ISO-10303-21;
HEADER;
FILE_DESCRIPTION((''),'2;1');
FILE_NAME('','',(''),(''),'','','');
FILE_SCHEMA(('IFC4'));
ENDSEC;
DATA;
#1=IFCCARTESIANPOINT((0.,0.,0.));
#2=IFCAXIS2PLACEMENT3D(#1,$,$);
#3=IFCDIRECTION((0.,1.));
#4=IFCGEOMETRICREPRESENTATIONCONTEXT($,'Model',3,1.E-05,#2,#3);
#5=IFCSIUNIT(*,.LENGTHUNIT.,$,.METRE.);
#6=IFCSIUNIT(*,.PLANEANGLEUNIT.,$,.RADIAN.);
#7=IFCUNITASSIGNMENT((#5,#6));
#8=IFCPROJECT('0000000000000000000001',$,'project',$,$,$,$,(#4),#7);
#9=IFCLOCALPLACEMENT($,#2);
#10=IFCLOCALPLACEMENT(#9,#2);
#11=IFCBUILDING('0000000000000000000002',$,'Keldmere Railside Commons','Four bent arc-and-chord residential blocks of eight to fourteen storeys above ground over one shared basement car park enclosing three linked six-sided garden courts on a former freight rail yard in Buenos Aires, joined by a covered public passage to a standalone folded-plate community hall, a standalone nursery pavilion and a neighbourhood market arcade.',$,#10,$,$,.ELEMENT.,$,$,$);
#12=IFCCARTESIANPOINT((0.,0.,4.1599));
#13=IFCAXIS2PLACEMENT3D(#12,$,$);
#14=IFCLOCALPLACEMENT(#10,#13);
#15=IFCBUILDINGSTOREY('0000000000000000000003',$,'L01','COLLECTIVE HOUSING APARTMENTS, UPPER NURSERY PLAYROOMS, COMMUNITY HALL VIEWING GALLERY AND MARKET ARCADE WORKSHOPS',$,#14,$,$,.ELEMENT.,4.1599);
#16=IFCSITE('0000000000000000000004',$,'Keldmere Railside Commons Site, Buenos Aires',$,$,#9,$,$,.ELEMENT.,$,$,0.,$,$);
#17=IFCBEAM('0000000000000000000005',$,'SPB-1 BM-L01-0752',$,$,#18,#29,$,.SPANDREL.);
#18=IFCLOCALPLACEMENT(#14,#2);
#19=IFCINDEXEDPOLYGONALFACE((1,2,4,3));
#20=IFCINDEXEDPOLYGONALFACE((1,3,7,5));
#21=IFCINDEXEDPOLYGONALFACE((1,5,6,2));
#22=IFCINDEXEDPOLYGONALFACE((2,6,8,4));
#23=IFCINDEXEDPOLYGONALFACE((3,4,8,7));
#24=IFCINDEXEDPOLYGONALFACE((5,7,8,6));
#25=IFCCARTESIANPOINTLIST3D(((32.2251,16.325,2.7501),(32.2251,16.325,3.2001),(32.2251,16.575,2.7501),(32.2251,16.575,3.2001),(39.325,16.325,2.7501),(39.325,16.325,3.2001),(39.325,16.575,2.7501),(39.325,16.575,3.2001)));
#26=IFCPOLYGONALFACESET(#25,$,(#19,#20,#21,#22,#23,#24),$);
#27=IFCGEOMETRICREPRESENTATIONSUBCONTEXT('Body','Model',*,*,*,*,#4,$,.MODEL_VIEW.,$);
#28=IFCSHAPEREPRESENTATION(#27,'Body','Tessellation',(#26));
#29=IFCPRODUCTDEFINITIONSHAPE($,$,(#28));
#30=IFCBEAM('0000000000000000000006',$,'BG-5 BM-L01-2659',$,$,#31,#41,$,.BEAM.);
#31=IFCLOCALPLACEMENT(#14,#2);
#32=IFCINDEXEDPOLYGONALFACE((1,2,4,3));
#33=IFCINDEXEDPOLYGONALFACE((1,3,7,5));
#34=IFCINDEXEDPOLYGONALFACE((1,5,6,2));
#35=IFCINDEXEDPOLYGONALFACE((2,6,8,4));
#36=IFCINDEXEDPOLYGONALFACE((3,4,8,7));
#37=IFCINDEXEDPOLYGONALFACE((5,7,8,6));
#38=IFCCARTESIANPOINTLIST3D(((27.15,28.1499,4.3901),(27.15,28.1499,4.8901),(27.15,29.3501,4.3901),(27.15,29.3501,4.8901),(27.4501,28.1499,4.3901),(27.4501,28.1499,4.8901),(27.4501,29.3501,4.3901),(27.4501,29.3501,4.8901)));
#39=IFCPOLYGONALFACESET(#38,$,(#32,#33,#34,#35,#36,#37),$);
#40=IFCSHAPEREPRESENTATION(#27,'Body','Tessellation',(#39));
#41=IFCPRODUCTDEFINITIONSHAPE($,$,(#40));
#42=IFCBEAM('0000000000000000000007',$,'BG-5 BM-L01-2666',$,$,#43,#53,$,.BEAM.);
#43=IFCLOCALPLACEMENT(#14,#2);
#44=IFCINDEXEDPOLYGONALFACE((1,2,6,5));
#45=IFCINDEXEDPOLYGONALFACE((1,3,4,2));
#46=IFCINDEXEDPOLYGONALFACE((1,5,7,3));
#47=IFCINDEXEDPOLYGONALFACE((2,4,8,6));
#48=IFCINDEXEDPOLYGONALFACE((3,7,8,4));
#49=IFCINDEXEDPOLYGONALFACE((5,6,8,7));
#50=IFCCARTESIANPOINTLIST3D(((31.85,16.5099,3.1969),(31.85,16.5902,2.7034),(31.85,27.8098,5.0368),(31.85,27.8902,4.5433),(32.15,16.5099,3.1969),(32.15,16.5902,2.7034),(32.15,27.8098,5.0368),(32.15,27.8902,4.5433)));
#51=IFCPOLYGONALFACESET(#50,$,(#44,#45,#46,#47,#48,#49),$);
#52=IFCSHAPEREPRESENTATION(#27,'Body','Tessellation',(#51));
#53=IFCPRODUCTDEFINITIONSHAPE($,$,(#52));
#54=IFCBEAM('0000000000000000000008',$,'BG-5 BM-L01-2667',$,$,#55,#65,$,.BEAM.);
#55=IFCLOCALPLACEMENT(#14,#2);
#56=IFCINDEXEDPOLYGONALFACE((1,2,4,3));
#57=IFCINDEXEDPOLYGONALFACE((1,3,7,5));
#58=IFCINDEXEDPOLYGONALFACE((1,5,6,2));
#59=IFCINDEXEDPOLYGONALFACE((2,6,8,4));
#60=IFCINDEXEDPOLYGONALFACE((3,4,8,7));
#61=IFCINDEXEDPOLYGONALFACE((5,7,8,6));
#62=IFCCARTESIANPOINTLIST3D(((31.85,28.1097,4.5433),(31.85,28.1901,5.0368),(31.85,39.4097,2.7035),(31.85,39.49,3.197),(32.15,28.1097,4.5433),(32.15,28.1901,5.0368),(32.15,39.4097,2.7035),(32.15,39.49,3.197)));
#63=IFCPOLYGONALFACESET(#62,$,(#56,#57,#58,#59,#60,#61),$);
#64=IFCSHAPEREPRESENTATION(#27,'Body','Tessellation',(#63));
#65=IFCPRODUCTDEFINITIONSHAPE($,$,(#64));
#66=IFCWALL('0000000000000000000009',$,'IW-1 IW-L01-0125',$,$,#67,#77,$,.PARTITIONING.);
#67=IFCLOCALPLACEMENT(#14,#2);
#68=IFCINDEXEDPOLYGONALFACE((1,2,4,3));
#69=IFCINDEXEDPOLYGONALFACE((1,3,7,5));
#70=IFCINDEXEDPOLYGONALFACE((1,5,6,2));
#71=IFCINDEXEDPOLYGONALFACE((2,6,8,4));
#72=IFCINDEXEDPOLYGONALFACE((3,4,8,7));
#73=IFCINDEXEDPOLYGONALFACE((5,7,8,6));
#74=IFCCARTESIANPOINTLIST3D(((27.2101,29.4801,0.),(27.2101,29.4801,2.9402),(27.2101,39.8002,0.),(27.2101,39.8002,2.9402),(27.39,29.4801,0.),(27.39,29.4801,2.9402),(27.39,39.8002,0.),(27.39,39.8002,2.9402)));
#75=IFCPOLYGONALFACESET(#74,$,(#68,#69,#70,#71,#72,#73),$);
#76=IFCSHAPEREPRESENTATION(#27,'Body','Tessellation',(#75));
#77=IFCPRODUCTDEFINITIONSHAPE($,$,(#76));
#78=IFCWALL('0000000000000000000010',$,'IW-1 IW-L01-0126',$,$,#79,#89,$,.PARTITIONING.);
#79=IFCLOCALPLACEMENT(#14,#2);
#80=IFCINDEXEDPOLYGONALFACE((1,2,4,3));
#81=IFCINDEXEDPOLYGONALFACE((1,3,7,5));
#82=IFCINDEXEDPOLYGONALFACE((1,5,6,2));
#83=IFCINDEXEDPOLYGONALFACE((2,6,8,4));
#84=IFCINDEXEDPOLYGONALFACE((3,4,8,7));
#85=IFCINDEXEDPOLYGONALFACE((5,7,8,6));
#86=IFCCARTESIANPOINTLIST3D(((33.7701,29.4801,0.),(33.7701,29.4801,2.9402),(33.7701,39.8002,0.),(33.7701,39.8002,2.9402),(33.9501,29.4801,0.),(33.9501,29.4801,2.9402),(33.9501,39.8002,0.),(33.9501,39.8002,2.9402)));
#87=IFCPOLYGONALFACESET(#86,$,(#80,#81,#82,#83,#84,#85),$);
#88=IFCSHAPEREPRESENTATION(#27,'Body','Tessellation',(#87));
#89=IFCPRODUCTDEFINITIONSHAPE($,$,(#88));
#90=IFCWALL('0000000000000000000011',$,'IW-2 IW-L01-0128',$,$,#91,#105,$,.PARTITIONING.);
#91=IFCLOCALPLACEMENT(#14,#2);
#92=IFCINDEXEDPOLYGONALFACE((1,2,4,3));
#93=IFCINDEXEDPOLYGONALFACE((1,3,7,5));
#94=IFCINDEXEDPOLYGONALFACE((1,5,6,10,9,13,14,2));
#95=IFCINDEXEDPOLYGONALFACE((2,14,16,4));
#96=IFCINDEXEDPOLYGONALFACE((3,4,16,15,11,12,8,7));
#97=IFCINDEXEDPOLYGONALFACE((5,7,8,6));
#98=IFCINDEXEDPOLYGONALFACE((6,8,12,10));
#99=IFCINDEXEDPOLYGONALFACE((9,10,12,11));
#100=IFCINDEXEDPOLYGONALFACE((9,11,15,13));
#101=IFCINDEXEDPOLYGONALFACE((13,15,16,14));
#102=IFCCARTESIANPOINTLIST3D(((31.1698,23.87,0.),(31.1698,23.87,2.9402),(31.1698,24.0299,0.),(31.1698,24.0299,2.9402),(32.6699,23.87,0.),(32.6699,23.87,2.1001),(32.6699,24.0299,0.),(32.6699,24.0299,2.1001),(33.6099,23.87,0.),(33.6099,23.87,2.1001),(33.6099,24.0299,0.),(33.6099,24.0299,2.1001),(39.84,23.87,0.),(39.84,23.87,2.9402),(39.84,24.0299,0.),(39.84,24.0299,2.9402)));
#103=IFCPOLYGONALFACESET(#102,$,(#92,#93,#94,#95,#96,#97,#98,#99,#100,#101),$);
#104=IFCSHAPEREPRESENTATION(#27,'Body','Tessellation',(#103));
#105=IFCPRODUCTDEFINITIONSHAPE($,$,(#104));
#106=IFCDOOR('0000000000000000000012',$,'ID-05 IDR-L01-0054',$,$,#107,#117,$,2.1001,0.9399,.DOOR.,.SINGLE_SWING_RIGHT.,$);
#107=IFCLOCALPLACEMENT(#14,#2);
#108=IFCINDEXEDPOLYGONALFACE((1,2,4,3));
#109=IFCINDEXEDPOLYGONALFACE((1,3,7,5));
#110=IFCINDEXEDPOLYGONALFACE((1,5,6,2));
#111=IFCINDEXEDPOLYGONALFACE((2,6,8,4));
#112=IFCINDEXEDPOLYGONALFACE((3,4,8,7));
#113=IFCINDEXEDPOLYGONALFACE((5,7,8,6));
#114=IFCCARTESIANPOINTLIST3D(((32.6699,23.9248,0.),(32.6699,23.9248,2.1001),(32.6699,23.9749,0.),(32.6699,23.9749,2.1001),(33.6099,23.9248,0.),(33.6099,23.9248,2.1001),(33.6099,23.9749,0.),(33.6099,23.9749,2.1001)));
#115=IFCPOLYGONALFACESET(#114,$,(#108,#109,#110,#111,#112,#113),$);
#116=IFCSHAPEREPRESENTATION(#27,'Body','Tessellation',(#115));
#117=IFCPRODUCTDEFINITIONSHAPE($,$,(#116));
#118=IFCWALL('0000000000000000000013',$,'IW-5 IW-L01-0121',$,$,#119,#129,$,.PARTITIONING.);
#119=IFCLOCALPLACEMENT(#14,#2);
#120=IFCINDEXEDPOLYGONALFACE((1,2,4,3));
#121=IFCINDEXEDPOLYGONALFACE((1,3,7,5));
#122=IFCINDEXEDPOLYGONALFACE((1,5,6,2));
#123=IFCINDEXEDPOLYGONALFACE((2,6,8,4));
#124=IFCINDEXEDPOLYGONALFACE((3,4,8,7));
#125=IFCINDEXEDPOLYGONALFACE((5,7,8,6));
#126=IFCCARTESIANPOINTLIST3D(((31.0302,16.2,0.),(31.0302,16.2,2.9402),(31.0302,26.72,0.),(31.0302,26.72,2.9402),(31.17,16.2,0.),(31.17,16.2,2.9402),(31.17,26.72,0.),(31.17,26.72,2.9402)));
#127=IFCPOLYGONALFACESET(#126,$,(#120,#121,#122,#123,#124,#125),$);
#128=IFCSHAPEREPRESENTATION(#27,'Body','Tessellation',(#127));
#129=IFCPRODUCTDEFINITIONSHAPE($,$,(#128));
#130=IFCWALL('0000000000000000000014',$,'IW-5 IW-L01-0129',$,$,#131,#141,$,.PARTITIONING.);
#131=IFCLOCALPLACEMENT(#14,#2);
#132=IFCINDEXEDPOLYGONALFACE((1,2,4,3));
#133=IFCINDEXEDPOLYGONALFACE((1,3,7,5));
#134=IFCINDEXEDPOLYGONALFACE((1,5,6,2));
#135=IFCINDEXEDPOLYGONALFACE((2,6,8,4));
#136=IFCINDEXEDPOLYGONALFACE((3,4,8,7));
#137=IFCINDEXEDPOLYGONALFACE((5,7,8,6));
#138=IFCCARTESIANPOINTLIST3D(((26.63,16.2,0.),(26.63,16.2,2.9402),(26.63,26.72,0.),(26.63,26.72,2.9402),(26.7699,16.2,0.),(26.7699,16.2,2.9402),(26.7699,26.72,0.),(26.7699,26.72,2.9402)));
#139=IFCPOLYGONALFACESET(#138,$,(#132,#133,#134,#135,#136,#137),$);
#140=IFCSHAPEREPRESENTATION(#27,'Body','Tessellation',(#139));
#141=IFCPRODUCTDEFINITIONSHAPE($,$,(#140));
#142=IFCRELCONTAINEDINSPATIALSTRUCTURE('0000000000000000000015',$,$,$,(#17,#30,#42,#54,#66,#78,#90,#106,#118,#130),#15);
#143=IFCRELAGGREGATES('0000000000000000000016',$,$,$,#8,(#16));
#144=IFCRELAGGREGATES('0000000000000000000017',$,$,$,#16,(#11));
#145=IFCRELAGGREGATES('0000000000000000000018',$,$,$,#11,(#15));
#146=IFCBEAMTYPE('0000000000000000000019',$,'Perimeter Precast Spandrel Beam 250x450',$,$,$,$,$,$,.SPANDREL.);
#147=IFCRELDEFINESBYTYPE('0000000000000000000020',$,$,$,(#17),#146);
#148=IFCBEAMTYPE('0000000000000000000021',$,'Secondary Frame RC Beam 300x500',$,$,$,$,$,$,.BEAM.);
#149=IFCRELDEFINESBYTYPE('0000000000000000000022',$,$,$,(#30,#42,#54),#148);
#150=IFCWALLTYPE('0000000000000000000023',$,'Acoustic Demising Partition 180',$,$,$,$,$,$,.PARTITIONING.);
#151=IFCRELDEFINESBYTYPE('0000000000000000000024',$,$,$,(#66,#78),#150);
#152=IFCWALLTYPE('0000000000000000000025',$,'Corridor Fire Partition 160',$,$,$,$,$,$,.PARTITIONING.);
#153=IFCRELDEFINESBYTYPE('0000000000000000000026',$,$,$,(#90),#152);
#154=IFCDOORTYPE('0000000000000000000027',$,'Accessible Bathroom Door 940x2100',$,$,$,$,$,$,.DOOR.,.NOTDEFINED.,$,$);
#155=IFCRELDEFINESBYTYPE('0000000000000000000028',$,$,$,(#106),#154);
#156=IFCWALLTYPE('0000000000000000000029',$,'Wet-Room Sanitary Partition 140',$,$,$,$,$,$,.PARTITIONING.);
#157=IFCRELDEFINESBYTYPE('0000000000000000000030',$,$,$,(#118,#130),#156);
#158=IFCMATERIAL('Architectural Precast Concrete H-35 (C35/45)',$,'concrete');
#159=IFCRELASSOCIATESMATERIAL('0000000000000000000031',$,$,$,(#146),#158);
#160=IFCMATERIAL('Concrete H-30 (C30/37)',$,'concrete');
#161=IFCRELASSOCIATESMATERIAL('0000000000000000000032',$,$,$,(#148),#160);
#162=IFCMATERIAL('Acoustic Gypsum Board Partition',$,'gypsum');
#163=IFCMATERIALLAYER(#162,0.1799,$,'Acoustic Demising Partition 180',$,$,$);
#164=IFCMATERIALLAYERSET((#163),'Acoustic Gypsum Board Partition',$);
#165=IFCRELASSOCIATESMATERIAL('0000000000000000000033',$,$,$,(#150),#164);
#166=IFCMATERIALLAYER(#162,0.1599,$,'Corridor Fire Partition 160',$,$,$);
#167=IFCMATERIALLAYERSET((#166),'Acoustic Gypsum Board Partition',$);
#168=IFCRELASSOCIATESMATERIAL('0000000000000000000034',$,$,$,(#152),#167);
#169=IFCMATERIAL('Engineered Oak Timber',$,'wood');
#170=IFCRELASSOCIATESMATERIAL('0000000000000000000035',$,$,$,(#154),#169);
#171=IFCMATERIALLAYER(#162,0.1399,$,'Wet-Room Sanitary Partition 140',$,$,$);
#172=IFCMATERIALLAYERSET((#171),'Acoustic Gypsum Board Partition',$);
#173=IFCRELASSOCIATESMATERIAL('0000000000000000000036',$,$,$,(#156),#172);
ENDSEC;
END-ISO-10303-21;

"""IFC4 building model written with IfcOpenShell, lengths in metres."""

from ifc_helpers import new_model, si_unit, direction, frame, frame_2d, origin, origin_2d, place, context, subcontext, project, spatial, rectangle, extrude, material, layer, layer_set, material_profile, profile_set, type_object, element, fill, save


model = new_model("IFC4")

# Units and contexts
model_context = context("Model", 3, precision=1e-05, world=origin(), true_north=direction((0.0, 1.0)))
body_context = subcontext(model_context, "Body", "Model", "MODEL_VIEW")
ifc_project = project(units=[si_unit("LENGTHUNIT", "METRE"), si_unit("PLANEANGLEUNIT", "RADIAN")], contexts=[model_context])

# Site, building, storey
site_placement = place(None, origin())
site = spatial("IfcSite", under=ifc_project, at=site_placement, Name="Keldmere Railside Commons Site, Buenos Aires", CompositionType="ELEMENT", RefElevation=0.0)
building_placement = place(site_placement, origin())
building = spatial("IfcBuilding", under=site, at=building_placement, Name="Keldmere Railside Commons", Description="Four bent arc-and-chord residential blocks of eight to fourteen storeys above ground over one shared basement car park enclosing three linked six-sided garden courts on a former freight rail yard in Buenos Aires, joined by a covered public passage to a standalone folded-plate community hall, a standalone nursery pavilion and a neighbourhood market arcade.", CompositionType="ELEMENT")
storey_placement = place(building_placement, frame((0.0, 0.0, 4.1599)))
storey = spatial("IfcBuildingStorey", under=building, at=storey_placement, Name="L01", Description="COLLECTIVE HOUSING APARTMENTS, UPPER NURSERY PLAYROOMS, COMMUNITY HALL VIEWING GALLERY AND MARKET ARCADE WORKSHOPS", CompositionType="ELEMENT", Elevation=4.1599)

# Beams
ifc_material_1 = material(Name="Architectural Precast Concrete H-35 (C35/45)", Category="concrete")
ifc_material_profile_1 = material_profile(ifc_material_1, rectangle(XDim=0.25, YDim=0.45, at=origin_2d()), Name="RC-250x450")
ifc_profile_set_1 = profile_set([ifc_material_profile_1], Name="Architectural Precast Concrete H-35 (C35/45)")
beam_type_1 = type_object("IfcBeamType", Name="Perimeter Precast Spandrel Beam 250x450", PredefinedType="SPANDREL", material=ifc_profile_set_1)
beam_1_placement = place(storey_placement, frame((32.2251, 16.45, 2.9751), z_axis=(1.0, 0.0, 0.0), x_axis=(0.0, 1.0, 0.0)))
element("IfcBeam", 1, at=beam_1_placement, inside=storey, type_object=beam_type_1, Name="SPB-1 BM-L01-0752", PredefinedType="SPANDREL", context=body_context, shape_type="SweptSolid", body=[
    extrude(rectangle(XDim=0.25, YDim=0.45, at=origin_2d()), origin(), (0.0, 0.0, 1.0), 7.0999),
])
ifc_material_2 = material(Name="Concrete H-30 (C30/37)", Category="concrete")
ifc_material_profile_2 = material_profile(ifc_material_2, rectangle(XDim=0.3, YDim=0.5, at=origin_2d()), Name="RC-300x500")
ifc_profile_set_2 = profile_set([ifc_material_profile_2], Name="Concrete H-30 (C30/37)")
beam_type_2 = type_object("IfcBeamType", Name="Secondary Frame RC Beam 300x500", PredefinedType="BEAM", material=ifc_profile_set_2)
beam_2_placement = place(storey_placement, frame((27.3, 28.1499, 4.6401), z_axis=(0.0, 1.0, 0.0), x_axis=(-1.0, 0.0, 0.0)))
element("IfcBeam", 2, at=beam_2_placement, inside=storey, type_object=beam_type_2, Name="BG-5 BM-L01-2659", PredefinedType="BEAM", context=body_context, shape_type="SweptSolid", body=[
    extrude(rectangle(XDim=0.3, YDim=0.5, at=origin_2d()), origin(), (0.0, 0.0, 1.0), 1.2002),
])
for number, where, z_axis, x_axis, name in (
    (3, (32.0, 16.55, 2.9502), (0.0, 0.987003, 0.160701), (-1.0, 0.0, 0.0), "BG-5 BM-L01-2666"),
    (4, (32.0, 28.1499, 4.79), (0.0, 0.987003, -0.160701), (-1.0, 0.0, 0.0), "BG-5 BM-L01-2667"),
):
    element("IfcBeam", number, at=place(storey_placement, frame(where, z_axis=z_axis, x_axis=x_axis)), inside=storey, type_object=beam_type_2, Name=name, PredefinedType="BEAM", context=body_context, shape_type="SweptSolid", body=[
        extrude(rectangle(XDim=0.3, YDim=0.5, at=origin_2d()), origin(), (0.0, 0.0, 1.0), 11.4487),
    ])

# Walls
ifc_material_3 = material(Name="Acoustic Gypsum Board Partition", Category="gypsum")
ifc_layer_1 = layer(ifc_material_3, 0.1799, Name="Acoustic Demising Partition 180")
ifc_layer_set_1 = layer_set([ifc_layer_1], Name="Acoustic Gypsum Board Partition")
wall_type_1 = type_object("IfcWallType", Name="Acoustic Demising Partition 180", PredefinedType="PARTITIONING", material=ifc_layer_set_1)
for number, where, z_axis, x_axis, name in (
    (5, (27.3, 29.48, 0.0), (0.0, 0.0, 1.0), (0.0, 1.0, 0.0), "IW-1 IW-L01-0125"),
    (6, (33.8601, 29.48, 0.0), (0.0, 0.0, 1.0), (0.0, 1.0, 0.0), "IW-1 IW-L01-0126"),
):
    element("IfcWall", number, at=place(storey_placement, frame(where, z_axis=z_axis, x_axis=x_axis)), inside=storey, type_object=wall_type_1, Name=name, PredefinedType="PARTITIONING", context=body_context, shape_type="SweptSolid", body=[
        extrude(rectangle(XDim=10.3201, YDim=0.1799, at=frame_2d((5.1602, 0.0))), origin(), (0.0, 0.0, 1.0), 2.9402),
    ])

# Wall, opening, door
ifc_layer_2 = layer(ifc_material_3, 0.1599, Name="Corridor Fire Partition 160")
ifc_layer_set_2 = layer_set([ifc_layer_2], Name="Acoustic Gypsum Board Partition")
wall_type_2 = type_object("IfcWallType", Name="Corridor Fire Partition 160", PredefinedType="PARTITIONING", material=ifc_layer_set_2)
wall_placement = place(storey_placement, frame((31.1699, 23.95, 0.0), z_axis=(0.0, 0.0, 1.0), x_axis=(1.0, 0.0, 0.0)))
wall = element("IfcWall", 7, at=wall_placement, inside=storey, type_object=wall_type_2, Name="IW-2 IW-L01-0128", PredefinedType="PARTITIONING", context=body_context, shape_type="SweptSolid", body=[
    extrude(rectangle(XDim=8.6702, YDim=0.1599, at=frame_2d((4.335, 0.0))), origin(), (0.0, 0.0, 1.0), 2.9402),
])
opening_placement = place(wall_placement, frame((1.5, 0.0, 0.0)))
opening = element("IfcOpeningElement", 8, at=opening_placement, cuts=wall, PredefinedType="OPENING", context=body_context, shape_type="SweptSolid", body=[
    extrude(rectangle(XDim=0.9399, YDim=2.1001, at=frame_2d((0.47, 1.05))), frame((0.0, 0.0898, 0.0), z_axis=(0.0, -1.0, 0.0), x_axis=(1.0, 0.0, 0.0)), (0.0, 0.0, 1.0), 0.1799),
])
ifc_material_4 = material(Name="Engineered Oak Timber", Category="wood")
door_type = type_object("IfcDoorType", Name="Accessible Bathroom Door 940x2100", OperationType="NOTDEFINED", PredefinedType="DOOR", material=ifc_material_4)
door_placement = place(opening_placement, origin())
door = element("IfcDoor", 9, at=door_placement, inside=storey, type_object=door_type, Name="ID-05 IDR-L01-0054", OperationType="SINGLE_SWING_RIGHT", OverallHeight=2.1001, OverallWidth=0.9399, PredefinedType="DOOR", context=body_context, shape_type="SweptSolid", body=[
    extrude(rectangle(XDim=0.9399, YDim=2.1001, at=frame_2d((0.47, 1.05))), frame((0.0, 0.0249, 0.0), z_axis=(0.0, -1.0, 0.0), x_axis=(1.0, 0.0, 0.0)), (0.0, 0.0, 1.0), 0.05),
])
fill(opening, door)

# Walls
ifc_layer_3 = layer(ifc_material_3, 0.1399, Name="Wet-Room Sanitary Partition 140")
ifc_layer_set_3 = layer_set([ifc_layer_3], Name="Acoustic Gypsum Board Partition")
wall_type_3 = type_object("IfcWallType", Name="Wet-Room Sanitary Partition 140", PredefinedType="PARTITIONING", material=ifc_layer_set_3)
for number, where, z_axis, x_axis, name in (
    (10, (31.1001, 16.2, 0.0), (0.0, 0.0, 1.0), (0.0, 1.0, 0.0), "IW-5 IW-L01-0121"),
    (11, (26.7, 16.2, 0.0), (0.0, 0.0, 1.0), (0.0, 1.0, 0.0), "IW-5 IW-L01-0129"),
):
    element("IfcWall", number, at=place(storey_placement, frame(where, z_axis=z_axis, x_axis=x_axis)), inside=storey, type_object=wall_type_3, Name=name, PredefinedType="PARTITIONING", context=body_context, shape_type="SweptSolid", body=[
        extrude(rectangle(XDim=10.52, YDim=0.1399, at=frame_2d((5.26, 0.0))), origin(), (0.0, 0.0, 1.0), 2.9402),
    ])

save(model, "model.ifc")
